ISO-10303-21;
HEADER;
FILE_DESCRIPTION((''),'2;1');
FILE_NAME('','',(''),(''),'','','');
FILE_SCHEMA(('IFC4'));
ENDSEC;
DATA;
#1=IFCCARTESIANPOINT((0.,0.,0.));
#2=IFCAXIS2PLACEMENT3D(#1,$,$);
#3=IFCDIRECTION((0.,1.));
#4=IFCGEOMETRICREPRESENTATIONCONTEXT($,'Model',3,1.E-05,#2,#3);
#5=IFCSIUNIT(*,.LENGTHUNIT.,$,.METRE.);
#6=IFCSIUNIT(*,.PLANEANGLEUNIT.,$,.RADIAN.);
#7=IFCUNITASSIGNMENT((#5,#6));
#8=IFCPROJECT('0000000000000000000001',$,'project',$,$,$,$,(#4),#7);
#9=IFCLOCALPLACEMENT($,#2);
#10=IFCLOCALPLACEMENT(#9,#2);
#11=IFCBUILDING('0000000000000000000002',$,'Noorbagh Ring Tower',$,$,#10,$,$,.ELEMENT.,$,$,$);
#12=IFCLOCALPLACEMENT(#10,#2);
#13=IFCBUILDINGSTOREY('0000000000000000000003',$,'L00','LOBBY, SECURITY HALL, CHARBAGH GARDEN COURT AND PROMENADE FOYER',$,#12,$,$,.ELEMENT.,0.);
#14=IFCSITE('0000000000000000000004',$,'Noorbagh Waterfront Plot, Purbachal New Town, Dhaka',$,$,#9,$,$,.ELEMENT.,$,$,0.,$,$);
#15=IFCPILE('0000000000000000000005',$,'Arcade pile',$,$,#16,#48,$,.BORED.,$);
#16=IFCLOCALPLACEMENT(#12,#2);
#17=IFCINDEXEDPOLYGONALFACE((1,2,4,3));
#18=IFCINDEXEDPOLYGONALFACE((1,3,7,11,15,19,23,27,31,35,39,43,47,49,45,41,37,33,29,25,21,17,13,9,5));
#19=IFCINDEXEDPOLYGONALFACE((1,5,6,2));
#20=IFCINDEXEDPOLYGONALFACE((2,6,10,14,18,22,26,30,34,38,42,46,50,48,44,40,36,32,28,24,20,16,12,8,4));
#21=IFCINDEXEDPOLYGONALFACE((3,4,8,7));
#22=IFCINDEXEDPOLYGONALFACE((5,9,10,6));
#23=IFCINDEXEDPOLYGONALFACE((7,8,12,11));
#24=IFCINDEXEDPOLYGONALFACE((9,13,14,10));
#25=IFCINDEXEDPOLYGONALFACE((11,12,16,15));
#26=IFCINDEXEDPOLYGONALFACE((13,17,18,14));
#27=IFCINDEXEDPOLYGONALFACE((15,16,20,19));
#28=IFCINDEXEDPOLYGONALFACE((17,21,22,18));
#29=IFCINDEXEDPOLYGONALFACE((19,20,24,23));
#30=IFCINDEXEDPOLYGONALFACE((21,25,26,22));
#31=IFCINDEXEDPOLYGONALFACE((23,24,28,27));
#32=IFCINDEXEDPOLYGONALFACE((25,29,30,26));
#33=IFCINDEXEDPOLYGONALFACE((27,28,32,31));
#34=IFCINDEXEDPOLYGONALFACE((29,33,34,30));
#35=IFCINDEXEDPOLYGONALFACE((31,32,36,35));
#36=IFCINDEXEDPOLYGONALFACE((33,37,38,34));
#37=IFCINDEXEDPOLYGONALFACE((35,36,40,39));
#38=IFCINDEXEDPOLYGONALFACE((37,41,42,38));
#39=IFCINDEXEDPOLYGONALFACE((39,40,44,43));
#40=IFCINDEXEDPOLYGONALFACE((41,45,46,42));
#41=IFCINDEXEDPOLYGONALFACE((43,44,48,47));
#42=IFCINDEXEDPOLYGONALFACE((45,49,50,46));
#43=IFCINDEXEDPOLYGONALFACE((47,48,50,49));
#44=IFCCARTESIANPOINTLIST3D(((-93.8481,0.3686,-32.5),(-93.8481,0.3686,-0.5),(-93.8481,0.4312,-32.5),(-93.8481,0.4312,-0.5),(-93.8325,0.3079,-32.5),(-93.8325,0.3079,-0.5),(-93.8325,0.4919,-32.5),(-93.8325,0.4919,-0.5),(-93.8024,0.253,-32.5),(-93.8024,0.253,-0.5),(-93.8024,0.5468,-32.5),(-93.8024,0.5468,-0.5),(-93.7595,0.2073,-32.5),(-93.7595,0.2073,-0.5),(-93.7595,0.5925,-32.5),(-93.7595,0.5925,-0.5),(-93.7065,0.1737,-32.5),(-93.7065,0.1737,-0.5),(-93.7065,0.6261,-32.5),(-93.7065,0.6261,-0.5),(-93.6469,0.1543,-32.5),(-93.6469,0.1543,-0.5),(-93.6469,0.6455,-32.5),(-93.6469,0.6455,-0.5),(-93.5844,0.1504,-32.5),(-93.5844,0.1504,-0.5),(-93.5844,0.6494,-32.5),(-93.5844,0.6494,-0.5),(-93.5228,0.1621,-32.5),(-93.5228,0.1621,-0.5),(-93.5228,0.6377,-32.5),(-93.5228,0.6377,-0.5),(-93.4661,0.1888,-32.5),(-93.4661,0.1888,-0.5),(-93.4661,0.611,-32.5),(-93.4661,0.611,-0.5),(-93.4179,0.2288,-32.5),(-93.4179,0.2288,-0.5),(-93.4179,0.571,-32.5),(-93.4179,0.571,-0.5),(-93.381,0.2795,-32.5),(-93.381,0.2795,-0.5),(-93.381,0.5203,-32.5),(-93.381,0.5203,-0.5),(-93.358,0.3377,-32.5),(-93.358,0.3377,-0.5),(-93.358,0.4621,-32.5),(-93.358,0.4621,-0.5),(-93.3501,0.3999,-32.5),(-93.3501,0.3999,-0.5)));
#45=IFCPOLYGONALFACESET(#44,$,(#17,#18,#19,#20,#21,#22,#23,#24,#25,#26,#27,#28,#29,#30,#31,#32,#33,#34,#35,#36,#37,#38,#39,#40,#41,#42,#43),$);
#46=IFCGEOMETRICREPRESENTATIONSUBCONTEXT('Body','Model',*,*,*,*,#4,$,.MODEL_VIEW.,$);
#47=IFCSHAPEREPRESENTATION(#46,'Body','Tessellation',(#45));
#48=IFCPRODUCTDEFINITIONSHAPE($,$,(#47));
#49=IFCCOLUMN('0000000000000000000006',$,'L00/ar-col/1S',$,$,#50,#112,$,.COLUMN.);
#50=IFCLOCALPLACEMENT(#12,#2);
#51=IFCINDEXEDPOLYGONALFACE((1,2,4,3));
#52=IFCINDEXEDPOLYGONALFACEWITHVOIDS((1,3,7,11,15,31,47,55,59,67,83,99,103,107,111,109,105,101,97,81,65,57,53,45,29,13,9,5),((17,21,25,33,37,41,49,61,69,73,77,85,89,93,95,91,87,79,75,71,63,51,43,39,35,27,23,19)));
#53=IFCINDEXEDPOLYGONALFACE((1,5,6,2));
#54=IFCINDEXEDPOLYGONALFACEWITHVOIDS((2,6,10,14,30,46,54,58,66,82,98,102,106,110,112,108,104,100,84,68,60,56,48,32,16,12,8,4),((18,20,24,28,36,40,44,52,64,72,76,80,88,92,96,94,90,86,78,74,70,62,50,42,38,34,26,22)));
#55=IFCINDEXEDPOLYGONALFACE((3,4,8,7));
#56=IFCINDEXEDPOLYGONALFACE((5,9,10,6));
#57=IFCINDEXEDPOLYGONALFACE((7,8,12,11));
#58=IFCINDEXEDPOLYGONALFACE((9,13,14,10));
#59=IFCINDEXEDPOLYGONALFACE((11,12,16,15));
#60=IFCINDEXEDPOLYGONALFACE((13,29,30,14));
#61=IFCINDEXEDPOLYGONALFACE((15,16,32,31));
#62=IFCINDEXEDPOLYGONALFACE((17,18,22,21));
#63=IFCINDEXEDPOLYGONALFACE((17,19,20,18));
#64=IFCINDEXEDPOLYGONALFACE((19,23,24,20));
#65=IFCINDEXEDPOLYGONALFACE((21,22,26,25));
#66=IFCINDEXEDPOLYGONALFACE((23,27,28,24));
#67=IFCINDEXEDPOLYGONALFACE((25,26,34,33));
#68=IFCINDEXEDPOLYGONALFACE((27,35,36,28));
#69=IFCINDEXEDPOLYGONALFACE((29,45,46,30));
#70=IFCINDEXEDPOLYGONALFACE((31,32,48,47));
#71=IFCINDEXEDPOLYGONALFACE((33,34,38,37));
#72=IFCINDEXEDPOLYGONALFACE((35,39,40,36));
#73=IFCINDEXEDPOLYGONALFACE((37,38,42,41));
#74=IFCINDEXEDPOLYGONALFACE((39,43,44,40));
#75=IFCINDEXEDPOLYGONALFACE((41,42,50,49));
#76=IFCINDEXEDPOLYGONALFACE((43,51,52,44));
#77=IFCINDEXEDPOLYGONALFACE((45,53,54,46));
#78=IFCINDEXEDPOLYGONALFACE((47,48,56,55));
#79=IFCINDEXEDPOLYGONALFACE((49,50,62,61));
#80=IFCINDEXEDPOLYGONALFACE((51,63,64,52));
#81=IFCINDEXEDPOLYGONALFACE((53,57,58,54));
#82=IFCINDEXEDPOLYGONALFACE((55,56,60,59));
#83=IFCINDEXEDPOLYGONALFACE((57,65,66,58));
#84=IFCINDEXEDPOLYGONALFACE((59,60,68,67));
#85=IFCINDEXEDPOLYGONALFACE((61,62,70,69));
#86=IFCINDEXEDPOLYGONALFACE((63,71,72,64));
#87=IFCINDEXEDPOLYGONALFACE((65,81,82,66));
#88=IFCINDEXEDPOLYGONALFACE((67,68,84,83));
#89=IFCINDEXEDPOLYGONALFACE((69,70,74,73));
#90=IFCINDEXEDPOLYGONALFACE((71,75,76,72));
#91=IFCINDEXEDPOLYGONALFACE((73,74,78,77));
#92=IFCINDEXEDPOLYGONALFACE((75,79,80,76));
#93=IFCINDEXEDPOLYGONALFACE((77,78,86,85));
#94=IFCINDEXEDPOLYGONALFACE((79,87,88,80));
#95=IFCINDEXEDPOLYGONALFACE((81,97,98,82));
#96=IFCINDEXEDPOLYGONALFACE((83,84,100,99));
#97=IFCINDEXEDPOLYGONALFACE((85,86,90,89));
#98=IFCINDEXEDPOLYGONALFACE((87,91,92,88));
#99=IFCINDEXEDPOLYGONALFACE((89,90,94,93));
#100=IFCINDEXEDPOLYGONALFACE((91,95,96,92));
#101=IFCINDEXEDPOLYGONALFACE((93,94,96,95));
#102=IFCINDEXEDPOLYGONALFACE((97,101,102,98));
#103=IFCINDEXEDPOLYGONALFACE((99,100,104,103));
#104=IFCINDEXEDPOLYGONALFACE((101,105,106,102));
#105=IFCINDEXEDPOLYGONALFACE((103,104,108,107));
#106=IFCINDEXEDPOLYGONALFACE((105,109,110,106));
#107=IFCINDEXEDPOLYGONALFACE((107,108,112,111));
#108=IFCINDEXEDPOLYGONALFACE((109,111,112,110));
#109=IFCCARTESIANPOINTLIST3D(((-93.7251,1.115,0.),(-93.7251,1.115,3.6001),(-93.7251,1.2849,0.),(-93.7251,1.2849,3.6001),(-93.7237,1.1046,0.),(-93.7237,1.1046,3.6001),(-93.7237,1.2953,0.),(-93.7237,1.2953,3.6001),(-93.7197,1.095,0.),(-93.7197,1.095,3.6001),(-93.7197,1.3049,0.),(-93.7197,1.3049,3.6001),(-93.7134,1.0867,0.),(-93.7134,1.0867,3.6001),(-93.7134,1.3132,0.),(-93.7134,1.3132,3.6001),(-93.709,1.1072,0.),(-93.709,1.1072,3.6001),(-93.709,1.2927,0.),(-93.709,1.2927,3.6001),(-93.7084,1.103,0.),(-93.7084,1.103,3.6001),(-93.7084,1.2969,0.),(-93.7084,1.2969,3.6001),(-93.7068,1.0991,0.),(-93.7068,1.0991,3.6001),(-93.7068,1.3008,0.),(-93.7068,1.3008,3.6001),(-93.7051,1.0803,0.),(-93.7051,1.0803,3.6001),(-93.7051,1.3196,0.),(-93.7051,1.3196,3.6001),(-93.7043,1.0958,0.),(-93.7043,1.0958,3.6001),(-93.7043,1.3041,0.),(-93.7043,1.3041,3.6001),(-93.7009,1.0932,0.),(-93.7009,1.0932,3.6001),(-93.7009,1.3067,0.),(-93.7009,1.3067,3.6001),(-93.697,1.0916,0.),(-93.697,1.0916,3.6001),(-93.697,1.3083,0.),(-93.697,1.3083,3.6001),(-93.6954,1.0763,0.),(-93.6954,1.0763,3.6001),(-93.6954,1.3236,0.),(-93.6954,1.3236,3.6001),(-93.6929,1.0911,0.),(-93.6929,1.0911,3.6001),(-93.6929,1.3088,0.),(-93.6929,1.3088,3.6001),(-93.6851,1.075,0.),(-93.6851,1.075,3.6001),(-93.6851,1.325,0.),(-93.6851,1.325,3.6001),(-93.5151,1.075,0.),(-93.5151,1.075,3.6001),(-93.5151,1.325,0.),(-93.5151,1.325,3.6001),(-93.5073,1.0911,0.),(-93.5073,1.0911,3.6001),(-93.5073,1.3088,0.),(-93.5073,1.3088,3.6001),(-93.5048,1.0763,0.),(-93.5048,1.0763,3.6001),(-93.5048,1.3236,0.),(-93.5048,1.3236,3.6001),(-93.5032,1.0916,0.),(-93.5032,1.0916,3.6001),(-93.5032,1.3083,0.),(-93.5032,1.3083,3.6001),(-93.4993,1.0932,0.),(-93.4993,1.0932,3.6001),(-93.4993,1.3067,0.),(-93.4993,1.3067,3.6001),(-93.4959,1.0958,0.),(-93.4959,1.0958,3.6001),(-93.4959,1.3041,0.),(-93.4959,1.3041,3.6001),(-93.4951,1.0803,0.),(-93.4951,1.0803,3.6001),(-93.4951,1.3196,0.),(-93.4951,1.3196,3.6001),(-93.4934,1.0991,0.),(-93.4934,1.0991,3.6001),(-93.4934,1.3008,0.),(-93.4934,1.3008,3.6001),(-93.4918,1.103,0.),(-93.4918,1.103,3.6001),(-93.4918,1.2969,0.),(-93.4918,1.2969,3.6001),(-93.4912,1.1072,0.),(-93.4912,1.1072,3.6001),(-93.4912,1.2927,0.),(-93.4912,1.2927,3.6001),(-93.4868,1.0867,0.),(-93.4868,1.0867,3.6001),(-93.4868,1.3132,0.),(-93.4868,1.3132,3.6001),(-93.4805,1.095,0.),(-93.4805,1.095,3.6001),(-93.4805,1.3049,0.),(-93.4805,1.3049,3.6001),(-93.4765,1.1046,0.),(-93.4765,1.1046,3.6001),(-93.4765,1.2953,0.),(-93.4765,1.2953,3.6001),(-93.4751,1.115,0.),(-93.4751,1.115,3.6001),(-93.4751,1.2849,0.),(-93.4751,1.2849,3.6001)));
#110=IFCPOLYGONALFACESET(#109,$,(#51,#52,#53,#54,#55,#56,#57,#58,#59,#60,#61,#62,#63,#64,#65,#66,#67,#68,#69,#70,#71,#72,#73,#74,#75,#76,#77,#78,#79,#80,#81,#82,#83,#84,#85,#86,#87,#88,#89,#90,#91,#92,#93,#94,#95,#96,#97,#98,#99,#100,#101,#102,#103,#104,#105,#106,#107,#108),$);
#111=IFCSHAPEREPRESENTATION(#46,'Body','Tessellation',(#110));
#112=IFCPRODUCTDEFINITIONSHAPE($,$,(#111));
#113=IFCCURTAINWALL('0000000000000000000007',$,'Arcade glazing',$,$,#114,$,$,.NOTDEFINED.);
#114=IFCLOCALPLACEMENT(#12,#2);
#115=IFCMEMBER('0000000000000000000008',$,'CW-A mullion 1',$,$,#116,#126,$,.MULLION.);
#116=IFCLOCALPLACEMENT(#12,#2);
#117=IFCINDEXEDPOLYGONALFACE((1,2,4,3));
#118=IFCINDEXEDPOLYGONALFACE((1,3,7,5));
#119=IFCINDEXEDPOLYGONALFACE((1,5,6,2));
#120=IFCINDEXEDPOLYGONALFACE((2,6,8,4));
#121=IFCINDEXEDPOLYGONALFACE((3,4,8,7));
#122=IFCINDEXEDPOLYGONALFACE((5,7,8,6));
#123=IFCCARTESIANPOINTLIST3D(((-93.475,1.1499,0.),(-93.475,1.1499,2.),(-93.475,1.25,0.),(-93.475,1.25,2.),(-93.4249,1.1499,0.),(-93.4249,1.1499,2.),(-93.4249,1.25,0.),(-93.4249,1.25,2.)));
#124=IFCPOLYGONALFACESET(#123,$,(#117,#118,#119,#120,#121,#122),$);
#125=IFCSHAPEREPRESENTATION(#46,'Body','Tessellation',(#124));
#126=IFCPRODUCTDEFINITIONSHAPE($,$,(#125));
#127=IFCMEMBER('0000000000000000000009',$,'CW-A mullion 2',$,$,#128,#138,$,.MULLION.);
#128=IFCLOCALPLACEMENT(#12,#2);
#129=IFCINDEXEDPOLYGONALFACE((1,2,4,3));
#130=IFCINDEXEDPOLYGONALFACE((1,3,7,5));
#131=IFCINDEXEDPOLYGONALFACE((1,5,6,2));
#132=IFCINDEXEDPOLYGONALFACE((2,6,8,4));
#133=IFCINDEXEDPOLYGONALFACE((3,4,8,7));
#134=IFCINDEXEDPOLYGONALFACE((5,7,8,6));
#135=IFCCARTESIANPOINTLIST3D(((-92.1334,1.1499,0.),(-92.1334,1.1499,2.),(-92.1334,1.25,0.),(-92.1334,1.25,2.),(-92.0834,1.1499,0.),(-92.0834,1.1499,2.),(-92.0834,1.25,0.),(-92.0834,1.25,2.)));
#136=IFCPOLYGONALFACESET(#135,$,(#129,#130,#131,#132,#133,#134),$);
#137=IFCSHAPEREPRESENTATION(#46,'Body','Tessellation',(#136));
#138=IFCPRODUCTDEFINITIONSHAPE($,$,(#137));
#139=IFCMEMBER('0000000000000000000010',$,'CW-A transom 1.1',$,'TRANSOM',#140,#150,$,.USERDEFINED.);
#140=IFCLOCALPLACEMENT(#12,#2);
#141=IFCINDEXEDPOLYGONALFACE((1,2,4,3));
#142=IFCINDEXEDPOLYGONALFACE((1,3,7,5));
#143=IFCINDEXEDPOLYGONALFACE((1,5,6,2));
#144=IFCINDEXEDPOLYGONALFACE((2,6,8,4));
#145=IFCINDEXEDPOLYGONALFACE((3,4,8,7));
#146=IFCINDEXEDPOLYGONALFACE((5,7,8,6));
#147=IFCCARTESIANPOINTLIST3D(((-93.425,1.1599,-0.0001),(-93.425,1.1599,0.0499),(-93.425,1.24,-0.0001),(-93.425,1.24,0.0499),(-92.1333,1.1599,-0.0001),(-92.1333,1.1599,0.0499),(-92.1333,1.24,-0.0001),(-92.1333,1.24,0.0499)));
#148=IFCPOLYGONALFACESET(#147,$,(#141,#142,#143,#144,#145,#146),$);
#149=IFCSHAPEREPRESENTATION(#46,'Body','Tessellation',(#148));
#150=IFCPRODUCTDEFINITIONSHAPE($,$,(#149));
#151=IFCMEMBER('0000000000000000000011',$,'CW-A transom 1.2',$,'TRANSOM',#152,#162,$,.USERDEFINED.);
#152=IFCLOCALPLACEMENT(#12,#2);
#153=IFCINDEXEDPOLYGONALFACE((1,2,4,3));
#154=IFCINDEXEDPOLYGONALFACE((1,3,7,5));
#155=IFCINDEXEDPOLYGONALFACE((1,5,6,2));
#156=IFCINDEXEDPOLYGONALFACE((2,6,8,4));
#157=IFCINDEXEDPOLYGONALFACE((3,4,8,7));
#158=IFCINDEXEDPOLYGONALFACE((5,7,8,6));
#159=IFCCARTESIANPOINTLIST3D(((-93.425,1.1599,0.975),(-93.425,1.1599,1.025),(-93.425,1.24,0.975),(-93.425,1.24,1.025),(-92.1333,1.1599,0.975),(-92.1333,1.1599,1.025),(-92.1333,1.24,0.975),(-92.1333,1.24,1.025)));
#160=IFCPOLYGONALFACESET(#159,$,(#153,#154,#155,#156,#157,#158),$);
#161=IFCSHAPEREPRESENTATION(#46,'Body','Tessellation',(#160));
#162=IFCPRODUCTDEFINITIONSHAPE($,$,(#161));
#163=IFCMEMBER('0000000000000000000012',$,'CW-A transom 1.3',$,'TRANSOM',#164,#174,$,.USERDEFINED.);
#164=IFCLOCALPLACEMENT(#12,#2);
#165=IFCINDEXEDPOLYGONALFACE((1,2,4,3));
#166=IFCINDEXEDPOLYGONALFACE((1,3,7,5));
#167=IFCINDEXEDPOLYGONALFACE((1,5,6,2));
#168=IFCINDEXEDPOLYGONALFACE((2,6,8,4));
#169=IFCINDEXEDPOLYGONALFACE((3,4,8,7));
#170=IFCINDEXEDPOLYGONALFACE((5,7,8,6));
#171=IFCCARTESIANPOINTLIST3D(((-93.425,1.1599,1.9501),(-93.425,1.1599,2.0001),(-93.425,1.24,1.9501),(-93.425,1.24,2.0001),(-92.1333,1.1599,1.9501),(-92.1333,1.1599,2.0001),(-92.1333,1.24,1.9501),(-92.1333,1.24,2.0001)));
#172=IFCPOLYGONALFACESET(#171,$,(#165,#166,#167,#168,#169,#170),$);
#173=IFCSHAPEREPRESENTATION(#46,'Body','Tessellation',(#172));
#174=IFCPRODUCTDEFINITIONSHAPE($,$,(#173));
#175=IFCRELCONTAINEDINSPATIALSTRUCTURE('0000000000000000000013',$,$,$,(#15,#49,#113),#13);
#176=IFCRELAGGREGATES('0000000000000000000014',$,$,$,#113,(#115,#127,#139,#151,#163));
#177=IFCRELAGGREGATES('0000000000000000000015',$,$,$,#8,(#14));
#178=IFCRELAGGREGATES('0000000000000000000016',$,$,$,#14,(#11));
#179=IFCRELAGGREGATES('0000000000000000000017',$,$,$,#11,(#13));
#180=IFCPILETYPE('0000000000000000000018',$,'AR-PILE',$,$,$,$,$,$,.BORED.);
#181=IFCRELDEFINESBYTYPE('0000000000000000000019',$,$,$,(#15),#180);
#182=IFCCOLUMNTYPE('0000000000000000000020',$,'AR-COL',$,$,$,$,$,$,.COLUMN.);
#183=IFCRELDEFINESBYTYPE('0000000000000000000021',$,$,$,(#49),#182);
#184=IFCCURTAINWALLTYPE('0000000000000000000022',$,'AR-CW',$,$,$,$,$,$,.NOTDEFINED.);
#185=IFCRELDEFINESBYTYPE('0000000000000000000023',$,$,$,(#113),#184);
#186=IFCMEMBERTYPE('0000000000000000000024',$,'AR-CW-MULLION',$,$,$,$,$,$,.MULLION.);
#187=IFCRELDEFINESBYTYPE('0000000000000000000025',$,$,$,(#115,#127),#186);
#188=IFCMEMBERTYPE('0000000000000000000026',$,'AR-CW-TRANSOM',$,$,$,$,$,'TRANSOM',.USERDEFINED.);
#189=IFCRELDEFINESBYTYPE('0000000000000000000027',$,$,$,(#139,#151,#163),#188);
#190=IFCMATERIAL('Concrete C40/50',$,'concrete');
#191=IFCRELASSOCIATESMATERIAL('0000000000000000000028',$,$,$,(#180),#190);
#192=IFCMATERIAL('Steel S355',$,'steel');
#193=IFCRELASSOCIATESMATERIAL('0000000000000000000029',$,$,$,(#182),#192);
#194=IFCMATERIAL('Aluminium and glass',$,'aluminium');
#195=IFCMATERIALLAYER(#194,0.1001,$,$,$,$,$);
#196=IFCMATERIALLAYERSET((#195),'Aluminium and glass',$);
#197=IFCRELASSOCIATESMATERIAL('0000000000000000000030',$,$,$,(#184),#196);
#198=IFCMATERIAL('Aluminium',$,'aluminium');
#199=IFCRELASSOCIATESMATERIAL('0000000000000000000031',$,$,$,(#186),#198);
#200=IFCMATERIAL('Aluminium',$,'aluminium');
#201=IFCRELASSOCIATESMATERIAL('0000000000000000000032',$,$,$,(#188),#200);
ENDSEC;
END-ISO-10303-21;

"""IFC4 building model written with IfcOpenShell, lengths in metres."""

from ifc_helpers import new_model, si_unit, direction, frame, origin, origin_2d, place, context, subcontext, project, spatial, rectangle, hollow_rectangle, circle, extrude, material, layer, layer_set, material_profile, profile_set, type_object, element, aggregate, save


model = new_model("IFC4")

# Units and contexts
model_context = context("Model", 3, precision=1e-05, world=origin(), true_north=direction((0.0, 1.0)))
body_context = subcontext(model_context, "Body", "Model", "MODEL_VIEW")
ifc_project = project(units=[si_unit("LENGTHUNIT", "METRE"), si_unit("PLANEANGLEUNIT", "RADIAN")], contexts=[model_context])

# Site, building, storey
site_placement = place(None, origin())
site = spatial("IfcSite", under=ifc_project, at=site_placement, Name="Noorbagh Waterfront Plot, Purbachal New Town, Dhaka", CompositionType="ELEMENT", RefElevation=0.0)
building_placement = place(site_placement, origin())
building = spatial("IfcBuilding", under=site, at=building_placement, Name="Noorbagh Ring Tower", CompositionType="ELEMENT")
storey_placement = place(building_placement, origin())
storey = spatial("IfcBuildingStorey", under=building, at=storey_placement, Name="L00", Description="LOBBY, SECURITY HALL, CHARBAGH GARDEN COURT AND PROMENADE FOYER", CompositionType="ELEMENT", Elevation=0.0)

# Pile
ifc_material_1 = material(Name="Concrete C40/50", Category="concrete")
ifc_material_profile_1 = material_profile(ifc_material_1, circle(Radius=0.25, at=origin_2d()), Name="PILE500")
ifc_profile_set_1 = profile_set([ifc_material_profile_1], Name="Concrete C40/50")
pile_type = type_object("IfcPileType", Name="AR-PILE", PredefinedType="BORED", material=ifc_profile_set_1)
pile_placement = place(storey_placement, frame((-93.6001, 0.3999, -0.5), z_axis=(0.0, 0.0, -1.0), x_axis=(1.0, 0.0, 0.0)))
element("IfcPile", 1, at=pile_placement, inside=storey, type_object=pile_type, Name="Arcade pile", PredefinedType="BORED", context=body_context, shape_type="SweptSolid", body=[
    extrude(circle(Radius=0.25, at=origin_2d()), origin(), (0.0, 0.0, 1.0), 32.0),
])

# Column
ifc_material_2 = material(Name="Steel S355", Category="steel")
ifc_material_profile_2 = material_profile(ifc_material_2, hollow_rectangle(XDim=0.25, YDim=0.25, WallThickness=0.0161, InnerFilletRadius=0.0161, OuterFilletRadius=0.04, at=origin_2d()), Name="SHS250x250x16")
ifc_profile_set_2 = profile_set([ifc_material_profile_2], Name="Steel S355")
column_type = type_object("IfcColumnType", Name="AR-COL", PredefinedType="COLUMN", material=ifc_profile_set_2)
column_placement = place(storey_placement, frame((-93.6001, 1.2, 0.0), z_axis=(0.0, 0.0, 1.0), x_axis=(1.0, 0.0, 0.0)))
element("IfcColumn", 2, at=column_placement, inside=storey, type_object=column_type, Name="L00/ar-col/1S", PredefinedType="COLUMN", context=body_context, shape_type="SweptSolid", body=[
    extrude(hollow_rectangle(XDim=0.25, YDim=0.25, WallThickness=0.0161, InnerFilletRadius=0.0161, OuterFilletRadius=0.04, at=origin_2d()), origin(), (0.0, 0.0, 1.0), 3.6001),
])

# Curtain wall, members
ifc_material_3 = material(Name="Aluminium and glass", Category="aluminium")
ifc_layer_1 = layer(ifc_material_3, 0.1001)
ifc_layer_set_1 = layer_set([ifc_layer_1], Name="Aluminium and glass")
curtain_wall_type_1 = type_object("IfcCurtainWallType", Name="AR-CW", PredefinedType="NOTDEFINED", material=ifc_layer_set_1)
curtain_wall_1_placement = place(storey_placement, origin())
curtain_wall_1 = element("IfcCurtainWall", 3, at=curtain_wall_1_placement, inside=storey, type_object=curtain_wall_type_1, Name="Arcade glazing", PredefinedType="NOTDEFINED")
ifc_material_4 = material(Name="Aluminium", Category="aluminium")
ifc_material_profile_3 = material_profile(ifc_material_4, rectangle(XDim=0.1001, YDim=0.05, at=origin_2d()), Name="AL 100x50")
ifc_profile_set_3 = profile_set([ifc_material_profile_3], Name="Aluminium")
member_type_1 = type_object("IfcMemberType", Name="AR-CW-MULLION", PredefinedType="MULLION", material=ifc_profile_set_3)
member_1_placement = place(storey_placement, frame((-93.45, 1.2, 0.0), z_axis=(0.0, 0.0, 1.0), x_axis=(0.0, 1.0, 0.0)))
member_1 = element("IfcMember", 4, at=member_1_placement, type_object=member_type_1, Name="CW-A mullion 1", PredefinedType="MULLION", context=body_context, shape_type="SweptSolid", body=[
    extrude(rectangle(XDim=0.1001, YDim=0.05, at=origin_2d()), origin(), (0.0, 0.0, 1.0), 2.0),
])
member_2_placement = place(storey_placement, frame((-92.1084, 1.2, 0.0), z_axis=(0.0, 0.0, 1.0), x_axis=(0.0, 1.0, 0.0)))
member_2 = element("IfcMember", 5, at=member_2_placement, type_object=member_type_1, Name="CW-A mullion 2", PredefinedType="MULLION", context=body_context, shape_type="SweptSolid", body=[
    extrude(rectangle(XDim=0.1001, YDim=0.05, at=origin_2d()), origin(), (0.0, 0.0, 1.0), 2.0),
])
ifc_material_5 = material(Name="Aluminium", Category="aluminium")
ifc_material_profile_4 = material_profile(ifc_material_5, rectangle(XDim=0.0801, YDim=0.05, at=origin_2d()), Name="AL 80x50")
ifc_profile_set_4 = profile_set([ifc_material_profile_4], Name="Aluminium")
member_type_2 = type_object("IfcMemberType", Name="AR-CW-TRANSOM", ElementType="TRANSOM", PredefinedType="USERDEFINED", material=ifc_profile_set_4)
member_3_placement = place(storey_placement, frame((-93.425, 1.2, 0.0249), z_axis=(1.0, 0.0, 0.0), x_axis=(0.0, 1.0, 0.0)))
member_3 = element("IfcMember", 6, at=member_3_placement, type_object=member_type_2, Name="CW-A transom 1.1", ObjectType="TRANSOM", PredefinedType="USERDEFINED", context=body_context, shape_type="SweptSolid", body=[
    extrude(rectangle(XDim=0.0801, YDim=0.05, at=origin_2d()), origin(), (0.0, 0.0, 1.0), 1.2917),
])
member_4_placement = place(storey_placement, frame((-93.425, 1.2, 1.0), z_axis=(1.0, 0.0, 0.0), x_axis=(0.0, 1.0, 0.0)))
member_4 = element("IfcMember", 7, at=member_4_placement, type_object=member_type_2, Name="CW-A transom 1.2", ObjectType="TRANSOM", PredefinedType="USERDEFINED", context=body_context, shape_type="SweptSolid", body=[
    extrude(rectangle(XDim=0.0801, YDim=0.05, at=origin_2d()), origin(), (0.0, 0.0, 1.0), 1.2917),
])
member_5_placement = place(storey_placement, frame((-93.425, 1.2, 1.9751), z_axis=(1.0, 0.0, 0.0), x_axis=(0.0, 1.0, 0.0)))
member_5 = element("IfcMember", 8, at=member_5_placement, type_object=member_type_2, Name="CW-A transom 1.3", ObjectType="TRANSOM", PredefinedType="USERDEFINED", context=body_context, shape_type="SweptSolid", body=[
    extrude(rectangle(XDim=0.0801, YDim=0.05, at=origin_2d()), origin(), (0.0, 0.0, 1.0), 1.2917),
])

aggregate(curtain_wall_1, [member_1, member_2, member_3, member_4, member_5])

save(model, "model.ifc")
